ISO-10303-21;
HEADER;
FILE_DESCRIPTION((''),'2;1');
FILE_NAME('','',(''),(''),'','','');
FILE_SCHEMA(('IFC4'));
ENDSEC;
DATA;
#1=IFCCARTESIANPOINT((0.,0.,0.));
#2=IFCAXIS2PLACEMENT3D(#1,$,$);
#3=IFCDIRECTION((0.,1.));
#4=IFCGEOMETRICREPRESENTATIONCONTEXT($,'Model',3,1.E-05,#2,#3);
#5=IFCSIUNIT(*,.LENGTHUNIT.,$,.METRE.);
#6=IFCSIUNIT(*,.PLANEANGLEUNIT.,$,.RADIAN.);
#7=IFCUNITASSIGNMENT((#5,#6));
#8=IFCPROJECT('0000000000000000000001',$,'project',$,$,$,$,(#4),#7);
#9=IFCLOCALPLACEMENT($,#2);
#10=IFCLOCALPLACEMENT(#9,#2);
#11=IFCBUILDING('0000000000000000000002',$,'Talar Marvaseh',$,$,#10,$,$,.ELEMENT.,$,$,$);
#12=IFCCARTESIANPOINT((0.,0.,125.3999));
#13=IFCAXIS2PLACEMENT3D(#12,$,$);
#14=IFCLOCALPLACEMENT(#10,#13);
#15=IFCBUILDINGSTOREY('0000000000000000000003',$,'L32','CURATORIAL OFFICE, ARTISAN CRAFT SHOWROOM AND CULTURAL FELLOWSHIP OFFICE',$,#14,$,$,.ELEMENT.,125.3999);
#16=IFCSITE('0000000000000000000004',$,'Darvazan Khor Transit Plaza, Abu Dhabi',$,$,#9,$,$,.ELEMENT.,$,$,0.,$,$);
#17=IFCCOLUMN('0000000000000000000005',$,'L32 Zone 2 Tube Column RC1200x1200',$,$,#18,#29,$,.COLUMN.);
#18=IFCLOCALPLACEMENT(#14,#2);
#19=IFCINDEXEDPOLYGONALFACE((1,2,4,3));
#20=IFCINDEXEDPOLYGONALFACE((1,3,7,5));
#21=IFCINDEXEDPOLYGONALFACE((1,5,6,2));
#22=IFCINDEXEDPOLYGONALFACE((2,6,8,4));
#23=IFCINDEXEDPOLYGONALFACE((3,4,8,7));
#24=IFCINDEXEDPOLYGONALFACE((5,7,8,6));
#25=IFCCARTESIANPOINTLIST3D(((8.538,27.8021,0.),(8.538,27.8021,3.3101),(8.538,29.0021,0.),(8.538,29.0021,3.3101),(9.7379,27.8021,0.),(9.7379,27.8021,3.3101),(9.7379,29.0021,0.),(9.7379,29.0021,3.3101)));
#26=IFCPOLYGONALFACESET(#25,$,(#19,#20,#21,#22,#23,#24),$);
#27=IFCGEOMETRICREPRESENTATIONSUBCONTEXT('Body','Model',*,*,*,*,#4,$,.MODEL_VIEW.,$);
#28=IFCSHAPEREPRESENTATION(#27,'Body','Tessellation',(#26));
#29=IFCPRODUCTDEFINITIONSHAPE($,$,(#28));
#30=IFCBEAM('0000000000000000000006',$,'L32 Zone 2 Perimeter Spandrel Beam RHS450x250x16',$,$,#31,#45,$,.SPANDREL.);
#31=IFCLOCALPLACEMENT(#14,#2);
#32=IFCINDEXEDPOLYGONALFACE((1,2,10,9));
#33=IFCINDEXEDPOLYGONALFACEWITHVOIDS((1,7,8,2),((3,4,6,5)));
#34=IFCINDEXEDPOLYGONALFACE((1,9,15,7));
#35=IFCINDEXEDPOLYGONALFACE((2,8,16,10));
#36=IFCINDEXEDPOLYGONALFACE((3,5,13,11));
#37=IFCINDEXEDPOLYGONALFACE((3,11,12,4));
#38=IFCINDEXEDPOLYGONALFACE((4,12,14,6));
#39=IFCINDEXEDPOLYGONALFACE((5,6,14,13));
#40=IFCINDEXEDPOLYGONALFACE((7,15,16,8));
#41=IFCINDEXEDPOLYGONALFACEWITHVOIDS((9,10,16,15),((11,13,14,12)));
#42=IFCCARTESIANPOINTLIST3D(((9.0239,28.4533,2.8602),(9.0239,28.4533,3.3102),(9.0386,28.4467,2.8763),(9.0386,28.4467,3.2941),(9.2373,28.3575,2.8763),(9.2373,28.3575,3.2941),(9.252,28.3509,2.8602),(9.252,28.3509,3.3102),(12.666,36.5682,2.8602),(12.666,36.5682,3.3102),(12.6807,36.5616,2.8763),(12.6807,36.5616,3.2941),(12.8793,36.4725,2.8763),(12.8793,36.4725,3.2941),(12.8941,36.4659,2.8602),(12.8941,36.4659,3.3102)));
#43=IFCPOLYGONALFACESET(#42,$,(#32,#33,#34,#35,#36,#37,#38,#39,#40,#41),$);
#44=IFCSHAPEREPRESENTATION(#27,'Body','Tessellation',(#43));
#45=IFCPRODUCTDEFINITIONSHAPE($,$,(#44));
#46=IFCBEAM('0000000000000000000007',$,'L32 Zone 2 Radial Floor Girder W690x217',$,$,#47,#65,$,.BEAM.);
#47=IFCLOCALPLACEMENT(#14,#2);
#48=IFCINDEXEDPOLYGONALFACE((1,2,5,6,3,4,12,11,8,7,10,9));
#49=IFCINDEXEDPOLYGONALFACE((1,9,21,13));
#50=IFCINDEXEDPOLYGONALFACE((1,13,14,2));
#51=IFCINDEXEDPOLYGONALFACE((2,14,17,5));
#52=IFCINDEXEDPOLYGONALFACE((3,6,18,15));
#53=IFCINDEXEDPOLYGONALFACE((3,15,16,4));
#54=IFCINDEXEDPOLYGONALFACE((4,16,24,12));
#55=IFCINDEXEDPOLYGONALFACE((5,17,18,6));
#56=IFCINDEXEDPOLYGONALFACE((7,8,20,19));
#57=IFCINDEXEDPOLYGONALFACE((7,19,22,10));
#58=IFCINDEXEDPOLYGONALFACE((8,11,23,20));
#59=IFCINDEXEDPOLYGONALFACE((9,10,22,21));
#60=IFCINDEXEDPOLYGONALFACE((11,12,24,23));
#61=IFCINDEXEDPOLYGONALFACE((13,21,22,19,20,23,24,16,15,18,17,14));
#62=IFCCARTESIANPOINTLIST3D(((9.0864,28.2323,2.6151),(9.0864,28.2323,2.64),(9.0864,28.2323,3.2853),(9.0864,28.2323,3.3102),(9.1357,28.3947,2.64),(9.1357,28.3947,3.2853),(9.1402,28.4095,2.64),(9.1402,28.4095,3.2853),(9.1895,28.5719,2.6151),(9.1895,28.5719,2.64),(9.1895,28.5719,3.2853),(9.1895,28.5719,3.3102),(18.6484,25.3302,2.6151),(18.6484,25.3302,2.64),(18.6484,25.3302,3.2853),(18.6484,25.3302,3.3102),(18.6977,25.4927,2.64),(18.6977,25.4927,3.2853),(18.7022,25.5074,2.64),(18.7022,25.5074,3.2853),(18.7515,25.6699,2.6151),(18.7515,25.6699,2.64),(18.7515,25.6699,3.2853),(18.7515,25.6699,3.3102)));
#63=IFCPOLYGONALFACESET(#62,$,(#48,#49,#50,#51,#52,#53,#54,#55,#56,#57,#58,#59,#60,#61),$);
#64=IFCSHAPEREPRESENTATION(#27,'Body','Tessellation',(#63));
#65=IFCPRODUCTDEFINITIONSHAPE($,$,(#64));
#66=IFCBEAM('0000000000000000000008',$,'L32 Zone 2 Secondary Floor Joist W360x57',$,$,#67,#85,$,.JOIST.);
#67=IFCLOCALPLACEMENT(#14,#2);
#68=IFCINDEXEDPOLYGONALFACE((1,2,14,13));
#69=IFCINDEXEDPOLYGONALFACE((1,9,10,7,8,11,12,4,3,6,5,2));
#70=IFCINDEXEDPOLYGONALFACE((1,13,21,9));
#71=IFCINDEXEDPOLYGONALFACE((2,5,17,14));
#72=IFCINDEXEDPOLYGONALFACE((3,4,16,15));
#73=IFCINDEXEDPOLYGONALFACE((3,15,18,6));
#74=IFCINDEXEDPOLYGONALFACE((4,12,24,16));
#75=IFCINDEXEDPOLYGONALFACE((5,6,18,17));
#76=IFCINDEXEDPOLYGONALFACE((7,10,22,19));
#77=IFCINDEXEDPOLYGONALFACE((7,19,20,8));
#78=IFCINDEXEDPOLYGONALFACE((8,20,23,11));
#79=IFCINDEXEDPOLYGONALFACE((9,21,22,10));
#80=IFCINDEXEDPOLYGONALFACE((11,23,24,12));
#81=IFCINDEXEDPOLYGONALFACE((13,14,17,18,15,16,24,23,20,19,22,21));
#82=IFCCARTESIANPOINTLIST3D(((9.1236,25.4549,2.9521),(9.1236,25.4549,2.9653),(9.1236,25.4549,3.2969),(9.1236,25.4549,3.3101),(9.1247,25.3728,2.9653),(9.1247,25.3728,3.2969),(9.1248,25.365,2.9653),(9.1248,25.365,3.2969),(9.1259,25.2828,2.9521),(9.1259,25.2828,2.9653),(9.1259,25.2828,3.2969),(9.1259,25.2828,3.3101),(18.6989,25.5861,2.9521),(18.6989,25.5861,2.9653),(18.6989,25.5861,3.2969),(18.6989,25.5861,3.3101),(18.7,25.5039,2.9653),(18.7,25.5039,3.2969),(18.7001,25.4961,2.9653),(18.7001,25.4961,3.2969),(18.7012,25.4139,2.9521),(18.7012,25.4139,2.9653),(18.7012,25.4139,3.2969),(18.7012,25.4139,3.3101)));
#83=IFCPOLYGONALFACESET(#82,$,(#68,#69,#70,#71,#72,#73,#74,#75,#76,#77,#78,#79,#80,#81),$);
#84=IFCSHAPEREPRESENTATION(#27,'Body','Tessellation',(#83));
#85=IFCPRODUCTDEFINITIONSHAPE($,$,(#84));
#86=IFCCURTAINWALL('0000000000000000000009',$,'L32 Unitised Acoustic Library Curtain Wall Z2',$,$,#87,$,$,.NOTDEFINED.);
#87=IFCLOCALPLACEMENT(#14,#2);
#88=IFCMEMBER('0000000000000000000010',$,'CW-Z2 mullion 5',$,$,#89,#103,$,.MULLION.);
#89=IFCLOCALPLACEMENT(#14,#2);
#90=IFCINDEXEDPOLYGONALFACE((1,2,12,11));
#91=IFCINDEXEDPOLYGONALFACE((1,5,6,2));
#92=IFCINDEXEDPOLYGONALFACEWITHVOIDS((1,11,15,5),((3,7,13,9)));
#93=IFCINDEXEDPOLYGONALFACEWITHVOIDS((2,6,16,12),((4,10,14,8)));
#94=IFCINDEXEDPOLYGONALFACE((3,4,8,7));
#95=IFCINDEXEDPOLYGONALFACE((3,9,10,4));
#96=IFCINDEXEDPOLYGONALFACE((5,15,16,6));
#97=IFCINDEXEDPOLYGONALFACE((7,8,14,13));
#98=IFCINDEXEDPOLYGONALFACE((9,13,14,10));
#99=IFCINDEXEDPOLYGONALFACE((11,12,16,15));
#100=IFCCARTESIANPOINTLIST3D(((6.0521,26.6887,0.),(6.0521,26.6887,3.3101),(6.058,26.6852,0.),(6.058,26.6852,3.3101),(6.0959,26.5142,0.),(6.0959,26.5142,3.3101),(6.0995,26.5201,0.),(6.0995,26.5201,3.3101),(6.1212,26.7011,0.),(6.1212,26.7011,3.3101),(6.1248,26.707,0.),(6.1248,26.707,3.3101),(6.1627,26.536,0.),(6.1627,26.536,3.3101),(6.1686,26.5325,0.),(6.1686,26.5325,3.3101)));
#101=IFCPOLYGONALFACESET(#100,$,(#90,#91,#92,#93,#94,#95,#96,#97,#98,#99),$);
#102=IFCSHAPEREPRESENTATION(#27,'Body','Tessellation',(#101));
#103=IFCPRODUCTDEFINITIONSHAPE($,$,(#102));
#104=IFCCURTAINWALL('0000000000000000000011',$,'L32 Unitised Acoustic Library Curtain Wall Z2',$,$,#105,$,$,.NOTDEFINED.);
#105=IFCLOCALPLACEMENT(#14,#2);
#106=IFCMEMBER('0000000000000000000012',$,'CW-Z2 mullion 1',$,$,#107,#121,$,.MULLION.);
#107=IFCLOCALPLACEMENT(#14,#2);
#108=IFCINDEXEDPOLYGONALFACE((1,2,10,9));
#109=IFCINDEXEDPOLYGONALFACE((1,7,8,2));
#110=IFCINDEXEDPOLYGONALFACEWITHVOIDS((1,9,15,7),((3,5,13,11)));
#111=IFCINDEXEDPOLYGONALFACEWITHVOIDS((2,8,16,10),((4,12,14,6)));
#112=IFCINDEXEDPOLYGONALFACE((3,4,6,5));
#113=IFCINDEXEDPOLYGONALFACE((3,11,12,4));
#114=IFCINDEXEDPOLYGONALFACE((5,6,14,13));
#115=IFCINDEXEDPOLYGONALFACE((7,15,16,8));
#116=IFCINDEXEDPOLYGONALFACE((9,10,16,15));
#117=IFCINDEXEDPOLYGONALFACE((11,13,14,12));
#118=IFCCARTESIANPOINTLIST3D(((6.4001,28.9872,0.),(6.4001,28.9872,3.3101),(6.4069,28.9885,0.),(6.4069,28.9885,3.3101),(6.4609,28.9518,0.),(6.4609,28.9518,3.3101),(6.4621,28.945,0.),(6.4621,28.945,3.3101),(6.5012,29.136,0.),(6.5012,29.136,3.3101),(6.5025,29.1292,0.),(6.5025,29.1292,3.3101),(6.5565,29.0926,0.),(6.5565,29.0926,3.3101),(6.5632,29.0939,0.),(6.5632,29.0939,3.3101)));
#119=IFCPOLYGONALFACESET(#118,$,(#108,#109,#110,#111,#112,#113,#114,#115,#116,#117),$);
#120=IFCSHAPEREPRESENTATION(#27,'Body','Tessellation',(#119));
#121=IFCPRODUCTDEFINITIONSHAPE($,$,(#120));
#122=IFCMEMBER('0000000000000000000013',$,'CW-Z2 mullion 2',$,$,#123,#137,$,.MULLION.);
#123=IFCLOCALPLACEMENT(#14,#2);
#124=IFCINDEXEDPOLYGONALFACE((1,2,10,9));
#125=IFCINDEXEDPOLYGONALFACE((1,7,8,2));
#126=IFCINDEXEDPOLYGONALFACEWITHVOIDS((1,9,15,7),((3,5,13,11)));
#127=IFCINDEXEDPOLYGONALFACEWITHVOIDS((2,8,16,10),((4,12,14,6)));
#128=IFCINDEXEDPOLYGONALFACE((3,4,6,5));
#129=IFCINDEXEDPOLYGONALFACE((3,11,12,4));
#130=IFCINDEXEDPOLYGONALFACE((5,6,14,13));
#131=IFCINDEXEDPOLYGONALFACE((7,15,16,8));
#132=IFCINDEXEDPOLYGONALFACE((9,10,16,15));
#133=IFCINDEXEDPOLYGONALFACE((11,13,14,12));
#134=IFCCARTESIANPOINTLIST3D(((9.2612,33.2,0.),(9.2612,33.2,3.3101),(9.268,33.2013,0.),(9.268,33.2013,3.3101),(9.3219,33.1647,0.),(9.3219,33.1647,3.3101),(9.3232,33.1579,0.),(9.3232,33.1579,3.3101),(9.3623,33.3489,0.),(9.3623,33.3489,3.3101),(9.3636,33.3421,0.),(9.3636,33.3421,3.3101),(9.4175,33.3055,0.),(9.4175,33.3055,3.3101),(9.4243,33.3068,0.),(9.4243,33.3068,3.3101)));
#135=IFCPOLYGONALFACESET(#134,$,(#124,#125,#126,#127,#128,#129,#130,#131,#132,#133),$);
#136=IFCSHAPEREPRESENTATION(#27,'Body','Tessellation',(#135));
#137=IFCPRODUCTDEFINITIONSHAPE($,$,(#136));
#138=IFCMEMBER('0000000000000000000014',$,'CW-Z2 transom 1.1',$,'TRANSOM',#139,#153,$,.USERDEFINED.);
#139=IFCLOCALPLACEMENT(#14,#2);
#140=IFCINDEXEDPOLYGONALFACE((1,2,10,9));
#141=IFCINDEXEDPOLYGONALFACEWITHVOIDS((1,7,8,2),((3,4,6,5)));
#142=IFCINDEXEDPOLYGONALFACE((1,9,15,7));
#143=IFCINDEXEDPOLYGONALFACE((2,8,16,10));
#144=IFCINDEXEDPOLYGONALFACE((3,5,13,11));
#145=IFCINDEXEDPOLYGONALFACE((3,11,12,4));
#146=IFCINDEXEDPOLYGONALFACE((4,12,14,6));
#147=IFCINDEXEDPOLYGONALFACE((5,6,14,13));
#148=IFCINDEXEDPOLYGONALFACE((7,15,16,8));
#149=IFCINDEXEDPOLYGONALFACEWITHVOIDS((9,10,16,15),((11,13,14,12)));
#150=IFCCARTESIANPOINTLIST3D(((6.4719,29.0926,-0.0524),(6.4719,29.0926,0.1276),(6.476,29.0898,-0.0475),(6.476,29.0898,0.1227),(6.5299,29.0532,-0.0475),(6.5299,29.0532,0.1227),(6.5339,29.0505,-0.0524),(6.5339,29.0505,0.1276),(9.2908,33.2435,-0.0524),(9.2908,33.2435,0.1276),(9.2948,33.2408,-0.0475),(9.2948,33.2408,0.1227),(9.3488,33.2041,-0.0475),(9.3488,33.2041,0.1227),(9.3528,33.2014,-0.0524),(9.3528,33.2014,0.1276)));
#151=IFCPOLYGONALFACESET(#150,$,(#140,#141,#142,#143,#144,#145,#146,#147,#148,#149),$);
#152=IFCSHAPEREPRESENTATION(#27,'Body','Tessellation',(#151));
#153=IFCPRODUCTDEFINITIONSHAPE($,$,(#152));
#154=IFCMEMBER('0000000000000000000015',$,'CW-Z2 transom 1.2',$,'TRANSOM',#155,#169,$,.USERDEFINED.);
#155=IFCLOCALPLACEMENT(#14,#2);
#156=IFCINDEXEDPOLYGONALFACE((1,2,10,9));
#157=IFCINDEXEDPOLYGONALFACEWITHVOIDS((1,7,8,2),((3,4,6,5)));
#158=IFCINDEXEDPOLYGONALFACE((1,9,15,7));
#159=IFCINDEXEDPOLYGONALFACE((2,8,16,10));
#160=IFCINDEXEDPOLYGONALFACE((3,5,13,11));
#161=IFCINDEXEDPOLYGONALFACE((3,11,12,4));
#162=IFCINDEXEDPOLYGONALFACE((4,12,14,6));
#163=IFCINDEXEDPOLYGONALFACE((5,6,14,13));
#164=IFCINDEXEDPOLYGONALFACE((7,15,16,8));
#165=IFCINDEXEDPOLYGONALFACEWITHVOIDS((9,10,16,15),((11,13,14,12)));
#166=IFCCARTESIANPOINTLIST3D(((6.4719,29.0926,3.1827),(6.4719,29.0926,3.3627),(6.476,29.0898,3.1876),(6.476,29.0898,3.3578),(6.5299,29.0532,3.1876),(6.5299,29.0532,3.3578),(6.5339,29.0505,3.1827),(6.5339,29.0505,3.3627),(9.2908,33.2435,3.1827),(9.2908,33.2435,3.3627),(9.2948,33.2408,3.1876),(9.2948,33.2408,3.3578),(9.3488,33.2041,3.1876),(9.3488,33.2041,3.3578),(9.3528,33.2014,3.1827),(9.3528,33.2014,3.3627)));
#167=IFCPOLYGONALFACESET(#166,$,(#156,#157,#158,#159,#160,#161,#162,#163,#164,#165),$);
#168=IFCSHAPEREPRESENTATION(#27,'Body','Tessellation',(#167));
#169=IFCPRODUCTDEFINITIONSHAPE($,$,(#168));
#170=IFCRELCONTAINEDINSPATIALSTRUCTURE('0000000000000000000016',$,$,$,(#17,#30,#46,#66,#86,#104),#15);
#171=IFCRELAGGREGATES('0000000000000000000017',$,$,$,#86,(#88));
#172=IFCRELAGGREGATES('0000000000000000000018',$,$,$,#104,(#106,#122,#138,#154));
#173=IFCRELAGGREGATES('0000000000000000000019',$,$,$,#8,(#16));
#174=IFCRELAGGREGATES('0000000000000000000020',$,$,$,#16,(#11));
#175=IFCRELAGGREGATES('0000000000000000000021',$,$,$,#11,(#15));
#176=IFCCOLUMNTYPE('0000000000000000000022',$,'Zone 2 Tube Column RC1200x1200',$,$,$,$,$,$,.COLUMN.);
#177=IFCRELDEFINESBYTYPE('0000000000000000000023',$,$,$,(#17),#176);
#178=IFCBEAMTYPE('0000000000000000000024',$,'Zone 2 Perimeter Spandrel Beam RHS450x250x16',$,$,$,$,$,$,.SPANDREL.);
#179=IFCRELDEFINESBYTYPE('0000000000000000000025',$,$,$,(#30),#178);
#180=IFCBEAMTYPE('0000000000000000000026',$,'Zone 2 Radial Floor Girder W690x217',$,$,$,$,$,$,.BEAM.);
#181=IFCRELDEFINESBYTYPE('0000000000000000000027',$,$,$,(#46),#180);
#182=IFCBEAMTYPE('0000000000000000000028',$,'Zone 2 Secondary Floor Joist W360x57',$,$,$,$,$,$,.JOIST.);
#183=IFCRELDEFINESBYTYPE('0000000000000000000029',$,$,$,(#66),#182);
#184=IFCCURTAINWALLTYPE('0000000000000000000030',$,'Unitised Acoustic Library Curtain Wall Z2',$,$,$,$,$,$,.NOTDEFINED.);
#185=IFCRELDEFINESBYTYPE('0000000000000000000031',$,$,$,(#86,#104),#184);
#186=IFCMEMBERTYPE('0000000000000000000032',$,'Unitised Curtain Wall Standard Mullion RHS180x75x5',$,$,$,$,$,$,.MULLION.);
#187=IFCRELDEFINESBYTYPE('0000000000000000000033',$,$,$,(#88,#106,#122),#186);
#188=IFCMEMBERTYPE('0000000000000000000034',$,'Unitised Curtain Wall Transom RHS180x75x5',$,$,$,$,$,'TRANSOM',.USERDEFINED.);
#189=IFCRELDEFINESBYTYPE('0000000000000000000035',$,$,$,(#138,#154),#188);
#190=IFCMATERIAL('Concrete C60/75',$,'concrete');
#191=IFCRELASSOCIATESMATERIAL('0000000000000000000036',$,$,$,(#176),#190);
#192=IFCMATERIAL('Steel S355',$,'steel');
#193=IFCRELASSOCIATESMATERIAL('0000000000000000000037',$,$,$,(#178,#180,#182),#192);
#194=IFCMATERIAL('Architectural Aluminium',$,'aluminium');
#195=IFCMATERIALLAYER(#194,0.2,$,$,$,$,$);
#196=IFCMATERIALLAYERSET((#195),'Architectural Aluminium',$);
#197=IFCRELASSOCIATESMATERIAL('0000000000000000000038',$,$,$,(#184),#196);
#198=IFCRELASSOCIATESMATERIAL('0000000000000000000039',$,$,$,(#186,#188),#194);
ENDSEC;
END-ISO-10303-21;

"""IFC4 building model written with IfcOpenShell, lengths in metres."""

from ifc_helpers import new_model, si_unit, direction, frame, origin, origin_2d, place, context, subcontext, project, spatial, rectangle, hollow_rectangle, i_section, extrude, source, transform, mapped, material, layer, layer_set, material_profile, profile_set, type_object, type_shapes, element, aggregate, save


model = new_model("IFC4")

# Units and contexts
model_context = context("Model", 3, precision=1e-05, world=origin(), true_north=direction((0.0, 1.0)))
body_context = subcontext(model_context, "Body", "Model", "MODEL_VIEW")
ifc_project = project(units=[si_unit("LENGTHUNIT", "METRE"), si_unit("PLANEANGLEUNIT", "RADIAN")], contexts=[model_context])

# Site, building, storey
site_placement = place(None, origin())
site = spatial("IfcSite", under=ifc_project, at=site_placement, Name="Darvazan Khor Transit Plaza, Abu Dhabi", CompositionType="ELEMENT", RefElevation=0.0)
building_placement = place(site_placement, origin())
building = spatial("IfcBuilding", under=site, at=building_placement, Name="Talar Marvaseh", CompositionType="ELEMENT")
storey_placement = place(building_placement, frame((0.0, 0.0, 125.3999)))
storey = spatial("IfcBuildingStorey", under=building, at=storey_placement, Name="L32", Description="CURATORIAL OFFICE, ARTISAN CRAFT SHOWROOM AND CULTURAL FELLOWSHIP OFFICE", CompositionType="ELEMENT", Elevation=125.3999)

# Column
ifc_material_1 = material(Name="Concrete C60/75", Category="concrete")
ifc_material_profile_1 = material_profile(ifc_material_1, rectangle(XDim=1.2, YDim=1.2, at=origin_2d()), Name="RC1200x1200")
ifc_profile_set_1 = profile_set([ifc_material_profile_1], Name="Concrete C60/75")
column_type = type_object("IfcColumnType", Name="Zone 2 Tube Column RC1200x1200", PredefinedType="COLUMN", material=ifc_profile_set_1)
column_placement = place(storey_placement, frame((9.1379, 28.4021, 0.0), z_axis=(0.0, 0.0, 1.0), x_axis=(1.0, 0.0, 0.0)))
element("IfcColumn", 1, at=column_placement, inside=storey, type_object=column_type, Name="L32 Zone 2 Tube Column RC1200x1200", PredefinedType="COLUMN", context=body_context, shape_type="SweptSolid", body=[
    extrude(rectangle(XDim=1.2, YDim=1.2, at=origin_2d()), origin(), (0.0, 0.0, 1.0), 3.3101),
])

# Beams
ifc_material_2 = material(Name="Steel S355", Category="steel")
ifc_material_profile_2 = material_profile(ifc_material_2, hollow_rectangle(XDim=0.25, YDim=0.45, WallThickness=0.0161, at=origin_2d()), Name="RHS450x250x16")
ifc_profile_set_2 = profile_set([ifc_material_profile_2], Name="Steel S355")
beam_type_1 = type_object("IfcBeamType", Name="Zone 2 Perimeter Spandrel Beam RHS450x250x16", PredefinedType="SPANDREL", material=ifc_profile_set_2)
beam_1_placement = place(storey_placement, frame((9.1379, 28.4021, 3.0852), z_axis=(0.409462, 0.912327, 0.0), x_axis=(-0.912327, 0.409462, 0.0)))
element("IfcBeam", 2, at=beam_1_placement, inside=storey, type_object=beam_type_1, Name="L32 Zone 2 Perimeter Spandrel Beam RHS450x250x16", PredefinedType="SPANDREL", context=body_context, shape_type="SweptSolid", body=[
    extrude(hollow_rectangle(XDim=0.25, YDim=0.45, WallThickness=0.0161, at=origin_2d()), origin(), (0.0, 0.0, 1.0), 8.8948),
])
ifc_material_profile_3 = material_profile(ifc_material_2, i_section(OverallWidth=0.355, OverallDepth=0.6951, WebThickness=0.0154, FlangeThickness=0.0249, at=origin_2d()), Name="W690x217")
ifc_profile_set_3 = profile_set([ifc_material_profile_3], Name="Steel S355")
beam_type_2 = type_object("IfcBeamType", Name="Zone 2 Radial Floor Girder W690x217", PredefinedType="BEAM", material=ifc_profile_set_3)
beam_2_placement = place(storey_placement, frame((9.1379, 28.4021, 2.9626), z_axis=(0.956899, -0.290422, 0.0), x_axis=(0.290422, 0.956899, 0.0)))
element("IfcBeam", 3, at=beam_2_placement, inside=storey, type_object=beam_type_2, Name="L32 Zone 2 Radial Floor Girder W690x217", PredefinedType="BEAM", context=body_context, shape_type="SweptSolid", body=[
    extrude(i_section(OverallWidth=0.355, OverallDepth=0.6951, WebThickness=0.0154, FlangeThickness=0.0249, at=origin_2d()), origin(), (0.0, 0.0, 1.0), 9.9927),
])
ifc_material_profile_4 = material_profile(ifc_material_2, i_section(OverallWidth=0.1721, OverallDepth=0.3579, WebThickness=0.0078, FlangeThickness=0.0132, at=origin_2d()), Name="W360x57")
ifc_profile_set_4 = profile_set([ifc_material_profile_4], Name="Steel S355")
beam_type_3 = type_object("IfcBeamType", Name="Zone 2 Secondary Floor Joist W360x57", PredefinedType="JOIST", material=ifc_profile_set_4)
beam_3_placement = place(storey_placement, frame((9.1248, 25.3689, 3.1311), z_axis=(0.999906, 0.013691, 0.0), x_axis=(-0.013691, 0.999906, 0.0)))
element("IfcBeam", 4, at=beam_3_placement, inside=storey, type_object=beam_type_3, Name="L32 Zone 2 Secondary Floor Joist W360x57", PredefinedType="JOIST", context=body_context, shape_type="SweptSolid", body=[
    extrude(i_section(OverallWidth=0.1721, OverallDepth=0.3579, WebThickness=0.0078, FlangeThickness=0.0132, at=origin_2d()), origin(), (0.0, 0.0, 1.0), 9.5762),
])

# Curtain wall, member
ifc_material_3 = material(Name="Architectural Aluminium", Category="aluminium")
ifc_layer_1 = layer(ifc_material_3, 0.2)
ifc_layer_set_1 = layer_set([ifc_layer_1], Name="Architectural Aluminium")
curtain_wall_type = type_object("IfcCurtainWallType", Name="Unitised Acoustic Library Curtain Wall Z2", PredefinedType="NOTDEFINED", material=ifc_layer_set_1)
curtain_wall_1_placement = place(storey_placement, origin())
curtain_wall_1 = element("IfcCurtainWall", 5, at=curtain_wall_1_placement, inside=storey, type_object=curtain_wall_type, Name="L32 Unitised Acoustic Library Curtain Wall Z2", PredefinedType="NOTDEFINED")
ifc_material_profile_5 = material_profile(ifc_material_3, hollow_rectangle(XDim=0.075, YDim=0.1799, WallThickness=0.0049, at=origin_2d()), Name="RHS180x75x5")
ifc_profile_set_5 = profile_set([ifc_material_profile_5], Name="Architectural Aluminium")
member_type_1 = type_object("IfcMemberType", Name="Unitised Curtain Wall Standard Mullion RHS180x75x5", PredefinedType="MULLION", material=ifc_profile_set_5)
shared_shape_1 = source(origin(), body_context, "Body", "SweptSolid", [
    extrude(hollow_rectangle(XDim=0.075, YDim=0.1799, WallThickness=0.0049, at=origin_2d()), origin(), (0.0, 0.0, 1.0), 3.3101),
])
type_shapes(member_type_1, [shared_shape_1])
member_1_placement = place(storey_placement, frame((6.1104, 26.6106, 0.0), z_axis=(0.0, 0.0, 1.0), x_axis=(-0.969888, -0.24355, 0.0)))
member_1 = element("IfcMember", 6, at=member_1_placement, type_object=member_type_1, Name="CW-Z2 mullion 5", PredefinedType="MULLION", context=body_context, shape_type="MappedRepresentation", body=[
    mapped(shared_shape_1, transform((0.0, 0.0, 0.0), x_axis=(1.0, 0.0, 0.0), y_axis=(0.0, 1.0, 0.0), z_axis=(0.0, 0.0, 1.0), scale=1.0)),
])
aggregate(curtain_wall_1, [member_1])

# Curtain wall, members
curtain_wall_2_placement = place(storey_placement, origin())
curtain_wall_2 = element("IfcCurtainWall", 7, at=curtain_wall_2_placement, inside=storey, type_object=curtain_wall_type, Name="L32 Unitised Acoustic Library Curtain Wall Z2", PredefinedType="NOTDEFINED")
member_2_placement = place(storey_placement, frame((6.4817, 29.0405, 0.0), z_axis=(0.0, 0.0, 1.0), x_axis=(-0.827258, 0.561822, 0.0)))
member_2 = element("IfcMember", 8, at=member_2_placement, type_object=member_type_1, Name="CW-Z2 mullion 1", PredefinedType="MULLION", context=body_context, shape_type="MappedRepresentation", body=[
    mapped(shared_shape_1, transform((0.0, 0.0, 0.0), x_axis=(1.0, 0.0, 0.0), y_axis=(0.0, 1.0, 0.0), z_axis=(0.0, 0.0, 1.0), scale=1.0)),
])
member_3_placement = place(storey_placement, frame((9.3428, 33.2534, 0.0), z_axis=(0.0, 0.0, 1.0), x_axis=(-0.827258, 0.561822, 0.0)))
member_3 = element("IfcMember", 9, at=member_3_placement, type_object=member_type_1, Name="CW-Z2 mullion 2", PredefinedType="MULLION", context=body_context, shape_type="MappedRepresentation", body=[
    mapped(shared_shape_1, transform((0.0, 0.0, 0.0), x_axis=(1.0, 0.0, 0.0), y_axis=(0.0, 1.0, 0.0), z_axis=(0.0, 0.0, 1.0), scale=1.0)),
])
ifc_material_profile_6 = material_profile(ifc_material_3, hollow_rectangle(XDim=0.075, YDim=0.1799, WallThickness=0.0049, at=origin_2d()), Name="RHS180x75x5")
ifc_profile_set_6 = profile_set([ifc_material_profile_6], Name="Architectural Aluminium")
member_type_2 = type_object("IfcMemberType", Name="Unitised Curtain Wall Transom RHS180x75x5", ElementType="TRANSOM", PredefinedType="USERDEFINED", material=ifc_profile_set_6)
shared_shape_2 = source(origin(), body_context, "Body", "SweptSolid", [
    extrude(hollow_rectangle(XDim=0.075, YDim=0.1799, WallThickness=0.0049, at=origin_2d()), origin(), (0.0, 0.0, 1.0), 5.0176),
])
member_4_placement = place(storey_placement, frame((6.5029, 29.0715, 0.0376), z_axis=(0.561799, 0.827274, 0.0), x_axis=(-0.827274, 0.561799, 0.0)))
member_4 = element("IfcMember", 10, at=member_4_placement, type_object=member_type_2, Name="CW-Z2 transom 1.1", ObjectType="TRANSOM", PredefinedType="USERDEFINED", context=body_context, shape_type="MappedRepresentation", body=[
    mapped(shared_shape_2, transform((0.0, 0.0, 0.0), x_axis=(1.0, 0.0, 0.0), y_axis=(0.0, 1.0, 0.0), z_axis=(0.0, 0.0, 1.0), scale=1.0)),
])
member_5_placement = place(storey_placement, frame((6.5029, 29.0715, 3.2727), z_axis=(0.561799, 0.827274, 0.0), x_axis=(-0.827274, 0.561799, 0.0)))
member_5 = element("IfcMember", 11, at=member_5_placement, type_object=member_type_2, Name="CW-Z2 transom 1.2", ObjectType="TRANSOM", PredefinedType="USERDEFINED", context=body_context, shape_type="MappedRepresentation", body=[
    mapped(shared_shape_2, transform((0.0, 0.0, 0.0), x_axis=(1.0, 0.0, 0.0), y_axis=(0.0, 1.0, 0.0), z_axis=(0.0, 0.0, 1.0), scale=1.0)),
])
aggregate(curtain_wall_2, [member_2, member_3, member_4, member_5])

save(model, "model.ifc")
